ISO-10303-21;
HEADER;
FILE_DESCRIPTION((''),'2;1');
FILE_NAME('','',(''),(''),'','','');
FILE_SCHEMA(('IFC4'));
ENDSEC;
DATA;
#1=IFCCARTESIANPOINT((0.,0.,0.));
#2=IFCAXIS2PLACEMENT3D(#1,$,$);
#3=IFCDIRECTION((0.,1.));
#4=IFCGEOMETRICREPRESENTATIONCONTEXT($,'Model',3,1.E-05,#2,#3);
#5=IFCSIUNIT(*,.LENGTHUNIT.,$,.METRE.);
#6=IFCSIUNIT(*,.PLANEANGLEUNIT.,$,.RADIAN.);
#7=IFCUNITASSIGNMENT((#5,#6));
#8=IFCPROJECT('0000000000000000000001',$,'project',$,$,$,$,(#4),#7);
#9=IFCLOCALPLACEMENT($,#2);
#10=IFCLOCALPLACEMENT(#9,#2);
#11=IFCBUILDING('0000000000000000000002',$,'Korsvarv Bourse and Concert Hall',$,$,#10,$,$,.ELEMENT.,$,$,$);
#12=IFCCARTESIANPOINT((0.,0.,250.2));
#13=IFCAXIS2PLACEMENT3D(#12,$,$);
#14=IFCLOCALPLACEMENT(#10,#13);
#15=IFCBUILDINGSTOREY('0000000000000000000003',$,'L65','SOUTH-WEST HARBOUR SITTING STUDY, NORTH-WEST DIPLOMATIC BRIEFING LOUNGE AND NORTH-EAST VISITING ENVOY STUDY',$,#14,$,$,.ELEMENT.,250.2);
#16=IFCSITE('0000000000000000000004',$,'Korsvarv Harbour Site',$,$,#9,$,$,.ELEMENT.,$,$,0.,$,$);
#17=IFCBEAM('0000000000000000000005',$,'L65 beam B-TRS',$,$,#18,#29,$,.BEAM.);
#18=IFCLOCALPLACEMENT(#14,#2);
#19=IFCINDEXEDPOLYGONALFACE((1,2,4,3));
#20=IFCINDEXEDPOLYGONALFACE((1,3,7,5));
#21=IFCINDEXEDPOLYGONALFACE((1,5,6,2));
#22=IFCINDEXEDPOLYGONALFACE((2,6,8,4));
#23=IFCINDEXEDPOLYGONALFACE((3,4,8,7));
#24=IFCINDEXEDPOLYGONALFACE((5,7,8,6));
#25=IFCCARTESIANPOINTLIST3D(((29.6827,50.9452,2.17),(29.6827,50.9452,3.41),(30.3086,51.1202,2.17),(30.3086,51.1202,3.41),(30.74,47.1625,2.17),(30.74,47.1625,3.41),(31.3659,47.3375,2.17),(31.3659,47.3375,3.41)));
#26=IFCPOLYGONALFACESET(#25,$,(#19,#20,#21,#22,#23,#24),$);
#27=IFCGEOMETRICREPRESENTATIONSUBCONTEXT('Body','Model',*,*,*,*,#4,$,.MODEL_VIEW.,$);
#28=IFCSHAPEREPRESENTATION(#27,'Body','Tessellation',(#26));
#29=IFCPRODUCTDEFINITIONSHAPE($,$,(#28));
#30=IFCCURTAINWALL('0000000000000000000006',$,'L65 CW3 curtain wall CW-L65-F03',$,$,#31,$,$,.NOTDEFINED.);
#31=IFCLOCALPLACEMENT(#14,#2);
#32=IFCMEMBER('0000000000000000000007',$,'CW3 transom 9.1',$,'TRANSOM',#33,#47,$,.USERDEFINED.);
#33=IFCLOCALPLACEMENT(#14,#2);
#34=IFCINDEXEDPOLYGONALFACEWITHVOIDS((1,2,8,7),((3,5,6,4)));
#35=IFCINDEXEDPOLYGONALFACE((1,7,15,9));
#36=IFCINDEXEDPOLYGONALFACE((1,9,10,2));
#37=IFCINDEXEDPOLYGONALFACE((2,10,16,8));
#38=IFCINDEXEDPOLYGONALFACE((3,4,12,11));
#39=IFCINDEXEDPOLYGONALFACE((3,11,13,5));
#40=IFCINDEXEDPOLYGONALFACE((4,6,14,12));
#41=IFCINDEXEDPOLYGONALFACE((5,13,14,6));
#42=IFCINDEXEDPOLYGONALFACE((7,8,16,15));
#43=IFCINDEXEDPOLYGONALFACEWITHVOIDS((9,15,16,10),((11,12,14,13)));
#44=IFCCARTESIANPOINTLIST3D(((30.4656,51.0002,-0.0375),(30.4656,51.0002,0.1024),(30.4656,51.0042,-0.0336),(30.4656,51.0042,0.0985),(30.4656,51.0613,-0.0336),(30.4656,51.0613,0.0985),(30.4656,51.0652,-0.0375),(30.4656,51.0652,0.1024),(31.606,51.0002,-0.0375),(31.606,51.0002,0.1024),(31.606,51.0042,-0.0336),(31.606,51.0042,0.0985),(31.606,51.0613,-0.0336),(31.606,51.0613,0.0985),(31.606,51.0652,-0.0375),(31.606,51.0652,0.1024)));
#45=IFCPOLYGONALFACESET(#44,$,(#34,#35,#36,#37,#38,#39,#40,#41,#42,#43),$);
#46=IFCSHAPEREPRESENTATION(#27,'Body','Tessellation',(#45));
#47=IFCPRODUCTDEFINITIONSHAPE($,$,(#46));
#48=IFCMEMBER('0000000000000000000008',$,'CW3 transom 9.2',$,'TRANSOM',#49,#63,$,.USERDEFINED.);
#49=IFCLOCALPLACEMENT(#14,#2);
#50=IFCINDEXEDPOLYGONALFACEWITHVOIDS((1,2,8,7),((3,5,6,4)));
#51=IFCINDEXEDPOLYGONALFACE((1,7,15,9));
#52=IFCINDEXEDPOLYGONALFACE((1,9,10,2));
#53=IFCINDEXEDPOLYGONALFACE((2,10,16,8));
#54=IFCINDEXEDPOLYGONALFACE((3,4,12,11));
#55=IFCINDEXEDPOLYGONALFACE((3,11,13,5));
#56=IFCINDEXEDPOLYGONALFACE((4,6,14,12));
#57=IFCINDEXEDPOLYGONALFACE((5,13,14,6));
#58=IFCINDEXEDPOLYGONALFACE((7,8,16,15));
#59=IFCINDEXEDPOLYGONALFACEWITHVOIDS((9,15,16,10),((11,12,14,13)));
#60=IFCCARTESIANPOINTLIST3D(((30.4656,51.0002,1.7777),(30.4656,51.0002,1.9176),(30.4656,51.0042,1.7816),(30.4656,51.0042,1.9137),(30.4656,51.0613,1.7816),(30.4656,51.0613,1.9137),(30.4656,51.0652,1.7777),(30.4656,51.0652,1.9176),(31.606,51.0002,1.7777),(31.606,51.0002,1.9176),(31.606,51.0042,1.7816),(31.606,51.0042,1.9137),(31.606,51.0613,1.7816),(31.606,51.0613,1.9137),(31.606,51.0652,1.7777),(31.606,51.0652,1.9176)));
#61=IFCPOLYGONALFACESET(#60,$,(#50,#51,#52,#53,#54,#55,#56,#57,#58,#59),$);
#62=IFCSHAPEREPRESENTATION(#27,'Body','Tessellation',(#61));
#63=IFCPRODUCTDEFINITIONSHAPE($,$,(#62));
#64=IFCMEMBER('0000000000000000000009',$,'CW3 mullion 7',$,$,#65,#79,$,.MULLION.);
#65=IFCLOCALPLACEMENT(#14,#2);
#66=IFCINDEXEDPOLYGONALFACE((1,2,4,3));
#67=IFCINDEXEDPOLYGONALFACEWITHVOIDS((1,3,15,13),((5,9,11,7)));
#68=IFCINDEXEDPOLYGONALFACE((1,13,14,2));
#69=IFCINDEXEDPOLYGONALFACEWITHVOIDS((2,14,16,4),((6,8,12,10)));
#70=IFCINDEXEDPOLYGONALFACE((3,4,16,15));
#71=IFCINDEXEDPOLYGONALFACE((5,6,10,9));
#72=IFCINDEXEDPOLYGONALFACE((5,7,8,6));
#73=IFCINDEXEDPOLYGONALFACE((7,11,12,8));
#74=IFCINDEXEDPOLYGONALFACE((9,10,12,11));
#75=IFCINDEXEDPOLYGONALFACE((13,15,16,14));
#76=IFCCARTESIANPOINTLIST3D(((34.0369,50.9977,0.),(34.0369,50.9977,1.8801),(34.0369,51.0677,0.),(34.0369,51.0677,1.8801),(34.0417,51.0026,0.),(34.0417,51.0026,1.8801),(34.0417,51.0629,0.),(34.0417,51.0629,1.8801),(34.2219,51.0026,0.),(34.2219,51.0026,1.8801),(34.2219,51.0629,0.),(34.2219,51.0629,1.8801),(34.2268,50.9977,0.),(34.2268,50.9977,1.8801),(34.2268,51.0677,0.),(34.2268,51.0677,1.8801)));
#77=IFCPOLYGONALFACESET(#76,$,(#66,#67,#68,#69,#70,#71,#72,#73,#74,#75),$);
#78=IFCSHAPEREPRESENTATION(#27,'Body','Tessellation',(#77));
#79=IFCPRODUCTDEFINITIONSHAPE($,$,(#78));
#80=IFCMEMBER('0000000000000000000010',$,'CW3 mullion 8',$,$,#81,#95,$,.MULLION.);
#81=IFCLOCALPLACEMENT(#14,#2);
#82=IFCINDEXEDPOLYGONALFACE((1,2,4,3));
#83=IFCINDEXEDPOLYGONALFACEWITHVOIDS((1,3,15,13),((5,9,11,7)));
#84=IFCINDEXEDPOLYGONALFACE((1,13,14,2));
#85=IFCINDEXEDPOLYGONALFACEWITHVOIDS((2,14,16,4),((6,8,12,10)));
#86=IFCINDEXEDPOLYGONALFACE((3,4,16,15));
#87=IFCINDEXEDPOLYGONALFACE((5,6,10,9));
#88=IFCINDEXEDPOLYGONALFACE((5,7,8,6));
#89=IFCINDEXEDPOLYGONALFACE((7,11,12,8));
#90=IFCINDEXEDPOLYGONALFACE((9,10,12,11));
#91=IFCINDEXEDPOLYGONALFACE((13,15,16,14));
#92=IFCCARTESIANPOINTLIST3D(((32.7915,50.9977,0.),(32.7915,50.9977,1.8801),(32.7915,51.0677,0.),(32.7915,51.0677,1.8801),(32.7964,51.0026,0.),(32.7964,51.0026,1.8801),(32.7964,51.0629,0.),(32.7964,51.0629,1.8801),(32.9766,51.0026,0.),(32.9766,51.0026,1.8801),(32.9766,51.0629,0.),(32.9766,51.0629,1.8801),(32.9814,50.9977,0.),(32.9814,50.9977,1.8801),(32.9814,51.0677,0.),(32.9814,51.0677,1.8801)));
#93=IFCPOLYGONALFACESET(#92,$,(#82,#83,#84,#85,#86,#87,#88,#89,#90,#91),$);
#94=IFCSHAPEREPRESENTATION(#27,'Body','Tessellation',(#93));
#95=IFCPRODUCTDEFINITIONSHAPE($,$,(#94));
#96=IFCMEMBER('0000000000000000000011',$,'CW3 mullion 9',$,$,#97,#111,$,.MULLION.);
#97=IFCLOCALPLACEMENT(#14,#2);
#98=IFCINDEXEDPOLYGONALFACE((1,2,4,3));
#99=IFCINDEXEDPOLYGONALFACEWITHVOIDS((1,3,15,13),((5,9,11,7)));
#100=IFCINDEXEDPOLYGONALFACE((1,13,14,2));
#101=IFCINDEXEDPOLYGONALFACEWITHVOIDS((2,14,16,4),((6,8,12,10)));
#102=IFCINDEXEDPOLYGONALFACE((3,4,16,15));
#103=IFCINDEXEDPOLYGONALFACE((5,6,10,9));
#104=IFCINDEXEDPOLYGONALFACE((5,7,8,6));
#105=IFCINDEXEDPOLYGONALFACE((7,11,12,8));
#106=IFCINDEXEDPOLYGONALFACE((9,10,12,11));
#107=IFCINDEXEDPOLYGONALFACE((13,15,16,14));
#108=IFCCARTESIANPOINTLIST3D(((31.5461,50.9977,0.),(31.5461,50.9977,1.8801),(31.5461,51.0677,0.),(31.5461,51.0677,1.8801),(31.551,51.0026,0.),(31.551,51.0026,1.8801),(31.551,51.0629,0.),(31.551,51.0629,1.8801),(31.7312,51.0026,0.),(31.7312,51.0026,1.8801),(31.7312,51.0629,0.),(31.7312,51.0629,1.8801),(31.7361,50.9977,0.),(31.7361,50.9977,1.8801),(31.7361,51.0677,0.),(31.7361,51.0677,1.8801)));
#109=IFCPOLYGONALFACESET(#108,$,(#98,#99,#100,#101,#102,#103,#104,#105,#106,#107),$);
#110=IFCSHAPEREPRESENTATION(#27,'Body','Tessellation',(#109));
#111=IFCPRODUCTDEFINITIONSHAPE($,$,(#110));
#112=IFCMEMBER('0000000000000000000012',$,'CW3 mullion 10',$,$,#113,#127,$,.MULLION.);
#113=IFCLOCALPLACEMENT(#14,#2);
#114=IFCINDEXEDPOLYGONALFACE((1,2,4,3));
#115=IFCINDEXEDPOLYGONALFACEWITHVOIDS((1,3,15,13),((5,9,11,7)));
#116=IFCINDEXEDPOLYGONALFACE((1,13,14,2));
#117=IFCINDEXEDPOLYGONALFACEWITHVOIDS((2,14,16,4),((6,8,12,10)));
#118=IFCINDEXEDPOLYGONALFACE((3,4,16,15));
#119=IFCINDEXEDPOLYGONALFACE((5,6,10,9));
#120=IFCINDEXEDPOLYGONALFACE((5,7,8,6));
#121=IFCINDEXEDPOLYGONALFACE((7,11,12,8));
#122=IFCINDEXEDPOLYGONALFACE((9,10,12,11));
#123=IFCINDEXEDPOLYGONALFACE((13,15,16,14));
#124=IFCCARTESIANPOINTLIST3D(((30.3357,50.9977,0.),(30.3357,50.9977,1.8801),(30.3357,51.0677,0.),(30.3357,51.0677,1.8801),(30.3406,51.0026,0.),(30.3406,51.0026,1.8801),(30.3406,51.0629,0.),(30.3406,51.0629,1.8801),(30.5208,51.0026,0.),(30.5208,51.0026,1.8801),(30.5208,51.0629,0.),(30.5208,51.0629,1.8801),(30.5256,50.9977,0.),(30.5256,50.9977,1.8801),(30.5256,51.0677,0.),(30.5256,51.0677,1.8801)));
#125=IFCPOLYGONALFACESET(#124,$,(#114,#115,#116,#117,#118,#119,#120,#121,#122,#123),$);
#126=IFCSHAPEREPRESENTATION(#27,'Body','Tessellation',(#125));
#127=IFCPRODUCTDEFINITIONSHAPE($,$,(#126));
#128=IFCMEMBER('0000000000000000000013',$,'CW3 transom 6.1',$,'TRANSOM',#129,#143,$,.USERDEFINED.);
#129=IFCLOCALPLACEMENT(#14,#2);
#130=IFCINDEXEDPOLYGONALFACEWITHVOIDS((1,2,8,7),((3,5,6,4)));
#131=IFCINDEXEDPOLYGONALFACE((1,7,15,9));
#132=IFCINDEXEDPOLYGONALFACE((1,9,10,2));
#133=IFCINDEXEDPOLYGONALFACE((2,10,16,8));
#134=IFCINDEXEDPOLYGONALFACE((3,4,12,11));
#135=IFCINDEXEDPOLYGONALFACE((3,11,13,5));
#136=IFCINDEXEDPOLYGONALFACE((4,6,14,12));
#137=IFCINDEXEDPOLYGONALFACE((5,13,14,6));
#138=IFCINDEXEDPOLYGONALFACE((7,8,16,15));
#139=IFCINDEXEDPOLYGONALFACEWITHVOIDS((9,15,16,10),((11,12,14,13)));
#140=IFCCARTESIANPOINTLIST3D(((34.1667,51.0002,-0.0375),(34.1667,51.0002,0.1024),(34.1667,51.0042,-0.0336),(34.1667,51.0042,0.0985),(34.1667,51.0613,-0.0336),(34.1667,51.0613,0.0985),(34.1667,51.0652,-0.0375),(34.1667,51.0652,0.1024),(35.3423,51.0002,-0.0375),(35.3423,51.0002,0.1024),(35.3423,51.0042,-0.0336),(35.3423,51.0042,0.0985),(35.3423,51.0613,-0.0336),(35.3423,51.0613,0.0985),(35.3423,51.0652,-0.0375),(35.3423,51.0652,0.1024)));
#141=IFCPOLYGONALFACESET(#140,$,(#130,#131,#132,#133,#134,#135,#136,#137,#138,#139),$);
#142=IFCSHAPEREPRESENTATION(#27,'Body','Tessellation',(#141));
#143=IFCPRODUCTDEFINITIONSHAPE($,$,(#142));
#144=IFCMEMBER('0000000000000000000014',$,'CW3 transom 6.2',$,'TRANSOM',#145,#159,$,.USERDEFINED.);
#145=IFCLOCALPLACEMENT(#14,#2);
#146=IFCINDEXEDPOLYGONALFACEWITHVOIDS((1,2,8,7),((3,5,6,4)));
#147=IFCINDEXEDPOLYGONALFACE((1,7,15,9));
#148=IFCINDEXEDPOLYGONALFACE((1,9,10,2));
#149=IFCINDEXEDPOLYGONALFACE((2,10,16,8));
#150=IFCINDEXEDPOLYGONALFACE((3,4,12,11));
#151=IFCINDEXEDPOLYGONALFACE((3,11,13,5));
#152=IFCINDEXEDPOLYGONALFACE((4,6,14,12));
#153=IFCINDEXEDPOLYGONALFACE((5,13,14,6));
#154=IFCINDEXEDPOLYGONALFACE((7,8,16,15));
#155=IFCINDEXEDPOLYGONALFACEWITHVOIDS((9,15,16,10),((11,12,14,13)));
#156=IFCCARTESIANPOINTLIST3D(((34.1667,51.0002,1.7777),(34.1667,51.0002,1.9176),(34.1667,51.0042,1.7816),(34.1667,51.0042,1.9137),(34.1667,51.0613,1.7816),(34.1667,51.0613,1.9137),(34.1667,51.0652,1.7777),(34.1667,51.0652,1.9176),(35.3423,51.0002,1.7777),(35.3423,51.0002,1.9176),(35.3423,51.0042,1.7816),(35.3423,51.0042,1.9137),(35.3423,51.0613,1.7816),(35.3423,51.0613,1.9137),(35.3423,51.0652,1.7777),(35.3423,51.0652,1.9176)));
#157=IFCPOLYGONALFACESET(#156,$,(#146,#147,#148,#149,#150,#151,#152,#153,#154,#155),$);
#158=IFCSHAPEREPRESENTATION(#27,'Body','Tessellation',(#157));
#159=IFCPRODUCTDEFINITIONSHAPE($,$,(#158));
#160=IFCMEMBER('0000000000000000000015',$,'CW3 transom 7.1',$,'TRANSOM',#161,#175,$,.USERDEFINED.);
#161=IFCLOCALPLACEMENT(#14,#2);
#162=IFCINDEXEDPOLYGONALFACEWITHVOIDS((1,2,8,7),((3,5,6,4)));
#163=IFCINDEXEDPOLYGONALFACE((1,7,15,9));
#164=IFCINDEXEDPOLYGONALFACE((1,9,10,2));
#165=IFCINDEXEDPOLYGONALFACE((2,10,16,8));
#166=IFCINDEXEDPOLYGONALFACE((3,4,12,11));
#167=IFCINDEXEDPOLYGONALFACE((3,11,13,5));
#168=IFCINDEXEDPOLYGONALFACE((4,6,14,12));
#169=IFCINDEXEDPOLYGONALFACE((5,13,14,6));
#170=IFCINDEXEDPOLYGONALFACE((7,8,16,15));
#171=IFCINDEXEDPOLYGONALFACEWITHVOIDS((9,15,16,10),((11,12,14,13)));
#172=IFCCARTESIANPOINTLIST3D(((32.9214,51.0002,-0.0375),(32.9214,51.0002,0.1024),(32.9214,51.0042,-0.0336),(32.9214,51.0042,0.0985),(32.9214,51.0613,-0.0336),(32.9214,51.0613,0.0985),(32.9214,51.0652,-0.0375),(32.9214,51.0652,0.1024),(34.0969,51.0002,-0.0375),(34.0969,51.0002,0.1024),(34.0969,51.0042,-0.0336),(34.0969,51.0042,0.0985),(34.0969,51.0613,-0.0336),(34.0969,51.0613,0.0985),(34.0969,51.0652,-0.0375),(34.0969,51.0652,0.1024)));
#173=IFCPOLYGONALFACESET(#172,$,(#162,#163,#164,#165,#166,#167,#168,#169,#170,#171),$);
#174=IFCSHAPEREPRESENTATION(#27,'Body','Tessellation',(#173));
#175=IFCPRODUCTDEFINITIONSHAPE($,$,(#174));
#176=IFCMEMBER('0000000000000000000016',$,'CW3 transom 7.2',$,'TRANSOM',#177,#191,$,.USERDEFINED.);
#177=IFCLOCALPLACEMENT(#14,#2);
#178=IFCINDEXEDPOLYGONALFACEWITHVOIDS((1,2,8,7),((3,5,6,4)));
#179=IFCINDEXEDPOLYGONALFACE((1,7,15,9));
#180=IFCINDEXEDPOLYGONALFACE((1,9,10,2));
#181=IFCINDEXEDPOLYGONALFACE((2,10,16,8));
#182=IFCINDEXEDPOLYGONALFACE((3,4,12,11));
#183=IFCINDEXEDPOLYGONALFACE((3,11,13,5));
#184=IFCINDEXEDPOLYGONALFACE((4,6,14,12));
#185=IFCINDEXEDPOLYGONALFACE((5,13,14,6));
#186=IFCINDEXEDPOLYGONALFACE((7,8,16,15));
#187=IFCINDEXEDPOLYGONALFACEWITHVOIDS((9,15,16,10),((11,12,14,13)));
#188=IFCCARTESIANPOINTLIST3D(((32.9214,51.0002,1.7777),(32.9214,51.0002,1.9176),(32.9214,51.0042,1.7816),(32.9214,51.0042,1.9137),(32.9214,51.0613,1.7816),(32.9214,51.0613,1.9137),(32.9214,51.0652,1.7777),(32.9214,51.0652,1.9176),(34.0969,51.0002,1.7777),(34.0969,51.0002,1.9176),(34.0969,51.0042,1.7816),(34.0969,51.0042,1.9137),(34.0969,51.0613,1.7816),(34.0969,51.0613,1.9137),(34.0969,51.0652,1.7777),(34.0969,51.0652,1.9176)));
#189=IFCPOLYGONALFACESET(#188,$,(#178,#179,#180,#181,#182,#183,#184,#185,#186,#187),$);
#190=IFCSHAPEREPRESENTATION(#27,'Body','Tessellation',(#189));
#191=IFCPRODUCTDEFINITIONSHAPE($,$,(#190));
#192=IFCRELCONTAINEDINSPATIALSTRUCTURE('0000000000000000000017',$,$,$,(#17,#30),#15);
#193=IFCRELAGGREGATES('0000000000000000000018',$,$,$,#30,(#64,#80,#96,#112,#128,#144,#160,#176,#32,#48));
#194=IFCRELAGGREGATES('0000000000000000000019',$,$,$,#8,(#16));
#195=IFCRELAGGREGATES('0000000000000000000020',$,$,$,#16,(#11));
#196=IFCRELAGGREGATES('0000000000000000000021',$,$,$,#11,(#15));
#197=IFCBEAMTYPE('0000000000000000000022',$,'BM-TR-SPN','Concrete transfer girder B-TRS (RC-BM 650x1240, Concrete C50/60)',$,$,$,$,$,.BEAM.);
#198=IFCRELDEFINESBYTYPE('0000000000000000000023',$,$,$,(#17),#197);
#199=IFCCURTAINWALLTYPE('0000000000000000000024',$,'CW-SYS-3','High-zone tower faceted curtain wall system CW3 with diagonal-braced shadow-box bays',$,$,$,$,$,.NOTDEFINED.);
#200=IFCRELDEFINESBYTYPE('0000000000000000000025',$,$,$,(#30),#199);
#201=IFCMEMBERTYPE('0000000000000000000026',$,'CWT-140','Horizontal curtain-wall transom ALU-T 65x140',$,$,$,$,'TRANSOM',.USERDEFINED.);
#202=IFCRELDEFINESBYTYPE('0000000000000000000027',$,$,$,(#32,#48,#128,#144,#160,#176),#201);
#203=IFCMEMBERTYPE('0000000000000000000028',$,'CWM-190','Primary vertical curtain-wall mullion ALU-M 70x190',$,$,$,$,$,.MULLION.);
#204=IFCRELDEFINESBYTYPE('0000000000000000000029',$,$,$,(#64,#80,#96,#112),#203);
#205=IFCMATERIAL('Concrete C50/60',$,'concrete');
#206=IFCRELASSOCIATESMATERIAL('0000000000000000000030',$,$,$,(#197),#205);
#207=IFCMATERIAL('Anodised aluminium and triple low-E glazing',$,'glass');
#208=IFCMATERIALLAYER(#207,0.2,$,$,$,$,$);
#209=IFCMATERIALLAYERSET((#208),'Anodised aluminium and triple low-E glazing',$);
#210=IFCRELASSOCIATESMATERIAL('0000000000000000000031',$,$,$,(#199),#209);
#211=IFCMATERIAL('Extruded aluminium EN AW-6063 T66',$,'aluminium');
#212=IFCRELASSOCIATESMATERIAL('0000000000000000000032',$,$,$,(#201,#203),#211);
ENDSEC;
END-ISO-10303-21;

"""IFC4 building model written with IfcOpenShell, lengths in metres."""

from ifc_helpers import new_model, si_unit, direction, frame, origin, origin_2d, place, context, subcontext, project, spatial, rectangle, hollow_rectangle, extrude, source, transform, mapped, material, layer, layer_set, material_profile, profile_set, type_object, element, aggregate, save


model = new_model("IFC4")

# Units and contexts
model_context = context("Model", 3, precision=1e-05, world=origin(), true_north=direction((0.0, 1.0)))
body_context = subcontext(model_context, "Body", "Model", "MODEL_VIEW")
ifc_project = project(units=[si_unit("LENGTHUNIT", "METRE"), si_unit("PLANEANGLEUNIT", "RADIAN")], contexts=[model_context])

# Site, building, storey
site_placement = place(None, origin())
site = spatial("IfcSite", under=ifc_project, at=site_placement, Name="Korsvarv Harbour Site", CompositionType="ELEMENT", RefElevation=0.0)
building_placement = place(site_placement, origin())
building = spatial("IfcBuilding", under=site, at=building_placement, Name="Korsvarv Bourse and Concert Hall", CompositionType="ELEMENT")
storey_placement = place(building_placement, frame((0.0, 0.0, 250.2)))
storey = spatial("IfcBuildingStorey", under=building, at=storey_placement, Name="L65", Description="SOUTH-WEST HARBOUR SITTING STUDY, NORTH-WEST DIPLOMATIC BRIEFING LOUNGE AND NORTH-EAST VISITING ENVOY STUDY", CompositionType="ELEMENT", Elevation=250.2)

# Beam
ifc_material_1 = material(Name="Concrete C50/60", Category="concrete")
ifc_material_profile_1 = material_profile(ifc_material_1, rectangle(XDim=0.6499, YDim=1.24, at=origin_2d()), Name="RC-BM 650x1240")
ifc_profile_set_1 = profile_set([ifc_material_profile_1], Name="Concrete C50/60")
beam_type = type_object("IfcBeamType", Name="BM-TR-SPN", Description="Concrete transfer girder B-TRS (RC-BM 650x1240, Concrete C50/60)", PredefinedType="BEAM", material=ifc_profile_set_1)
shared_shape_1 = source(origin(), body_context, "Body", "SweptSolid", [
    extrude(rectangle(XDim=0.6499, YDim=1.24, at=origin_2d()), origin(), (0.0, 0.0, 1.0), 3.9277),
])
beam_placement = place(storey_placement, frame((29.9956, 51.0327, 2.79), z_axis=(0.269208, -0.963082, 0.0), x_axis=(0.963082, 0.269208, 0.0)))
element("IfcBeam", 1, at=beam_placement, inside=storey, type_object=beam_type, Name="L65 beam B-TRS", PredefinedType="BEAM", context=body_context, shape_type="MappedRepresentation", body=[
    mapped(shared_shape_1, transform((0.0, 0.0, 0.0), scale=1.0)),
])

# Curtain wall, members
ifc_material_2 = material(Name="Anodised aluminium and triple low-E glazing", Category="glass")
ifc_layer_1 = layer(ifc_material_2, 0.2)
ifc_layer_set_1 = layer_set([ifc_layer_1], Name="Anodised aluminium and triple low-E glazing")
curtain_wall_type = type_object("IfcCurtainWallType", Name="CW-SYS-3", Description="High-zone tower faceted curtain wall system CW3 with diagonal-braced shadow-box bays", PredefinedType="NOTDEFINED", material=ifc_layer_set_1)
curtain_wall_placement = place(storey_placement, origin())
curtain_wall = element("IfcCurtainWall", 2, at=curtain_wall_placement, inside=storey, type_object=curtain_wall_type, Name="L65 CW3 curtain wall CW-L65-F03", PredefinedType="NOTDEFINED")
ifc_material_3 = material(Name="Extruded aluminium EN AW-6063 T66", Category="aluminium")
ifc_material_profile_2 = material_profile(ifc_material_3, hollow_rectangle(XDim=0.0649, YDim=0.1399, WallThickness=0.0039, at=origin_2d()), Name="ALU-T 65x140")
ifc_profile_set_2 = profile_set([ifc_material_profile_2], Name="Extruded aluminium EN AW-6063 T66")
member_type_1 = type_object("IfcMemberType", Name="CWT-140", Description="Horizontal curtain-wall transom ALU-T 65x140", ElementType="TRANSOM", PredefinedType="USERDEFINED", material=ifc_profile_set_2)
shared_shape_2 = source(origin(), body_context, "Body", "SweptSolid", [
    extrude(hollow_rectangle(XDim=0.0649, YDim=0.1399, WallThickness=0.0039, at=origin_2d()), origin(), (0.0, 0.0, 1.0), 1.1404),
])
member_1_placement = place(storey_placement, frame((31.606, 51.0327, 0.0325), z_axis=(-1.0, 0.0, 0.0), x_axis=(0.0, -1.0, 0.0)))
member_1 = element("IfcMember", 3, at=member_1_placement, type_object=member_type_1, Name="CW3 transom 9.1", ObjectType="TRANSOM", PredefinedType="USERDEFINED", context=body_context, shape_type="MappedRepresentation", body=[
    mapped(shared_shape_2, transform((0.0, 0.0, 0.0), scale=1.0)),
])
member_2_placement = place(storey_placement, frame((31.606, 51.0327, 1.8477), z_axis=(-1.0, 0.0, 0.0), x_axis=(0.0, -1.0, 0.0)))
member_2 = element("IfcMember", 4, at=member_2_placement, type_object=member_type_1, Name="CW3 transom 9.2", ObjectType="TRANSOM", PredefinedType="USERDEFINED", context=body_context, shape_type="MappedRepresentation", body=[
    mapped(shared_shape_2, transform((0.0, 0.0, 0.0), scale=1.0)),
])
ifc_material_profile_3 = material_profile(ifc_material_3, hollow_rectangle(XDim=0.0701, YDim=0.1899, WallThickness=0.0049, at=origin_2d()), Name="ALU-M 70x190")
ifc_profile_set_3 = profile_set([ifc_material_profile_3], Name="Extruded aluminium EN AW-6063 T66")
member_type_2 = type_object("IfcMemberType", Name="CWM-190", Description="Primary vertical curtain-wall mullion ALU-M 70x190", PredefinedType="MULLION", material=ifc_profile_set_3)
shared_shape_3 = source(origin(), body_context, "Body", "SweptSolid", [
    extrude(hollow_rectangle(XDim=0.0701, YDim=0.1899, WallThickness=0.0049, at=origin_2d()), origin(), (0.0, 0.0, 1.0), 1.8801),
])
member_3_placement = place(storey_placement, frame((34.1318, 51.0327, 0.0), z_axis=(0.0, 0.0, 1.0), x_axis=(0.0, -1.0, 0.0)))
member_3 = element("IfcMember", 5, at=member_3_placement, type_object=member_type_2, Name="CW3 mullion 7", PredefinedType="MULLION", context=body_context, shape_type="MappedRepresentation", body=[
    mapped(shared_shape_3, transform((0.0, 0.0, 0.0), scale=1.0)),
])
member_4_placement = place(storey_placement, frame((32.8865, 51.0327, 0.0), z_axis=(0.0, 0.0, 1.0), x_axis=(0.0, -1.0, 0.0)))
member_4 = element("IfcMember", 6, at=member_4_placement, type_object=member_type_2, Name="CW3 mullion 8", PredefinedType="MULLION", context=body_context, shape_type="MappedRepresentation", body=[
    mapped(shared_shape_3, transform((0.0, 0.0, 0.0), scale=1.0)),
])
member_5_placement = place(storey_placement, frame((31.6411, 51.0327, 0.0), z_axis=(0.0, 0.0, 1.0), x_axis=(0.0, -1.0, 0.0)))
member_5 = element("IfcMember", 7, at=member_5_placement, type_object=member_type_2, Name="CW3 mullion 9", PredefinedType="MULLION", context=body_context, shape_type="MappedRepresentation", body=[
    mapped(shared_shape_3, transform((0.0, 0.0, 0.0), scale=1.0)),
])
member_6_placement = place(storey_placement, frame((30.4307, 51.0327, 0.0), z_axis=(0.0, 0.0, 1.0), x_axis=(0.0, -1.0, 0.0)))
member_6 = element("IfcMember", 8, at=member_6_placement, type_object=member_type_2, Name="CW3 mullion 10", PredefinedType="MULLION", context=body_context, shape_type="MappedRepresentation", body=[
    mapped(shared_shape_3, transform((0.0, 0.0, 0.0), scale=1.0)),
])
shared_shape_4 = source(origin(), body_context, "Body", "SweptSolid", [
    extrude(hollow_rectangle(XDim=0.0649, YDim=0.1399, WallThickness=0.0039, at=origin_2d()), origin(), (0.0, 0.0, 1.0), 1.1755),
])
member_7_placement = place(storey_placement, frame((35.3423, 51.0327, 0.0325), z_axis=(-1.0, 0.0, 0.0), x_axis=(0.0, -1.0, 0.0)))
member_7 = element("IfcMember", 9, at=member_7_placement, type_object=member_type_1, Name="CW3 transom 6.1", ObjectType="TRANSOM", PredefinedType="USERDEFINED", context=body_context, shape_type="MappedRepresentation", body=[
    mapped(shared_shape_4, transform((0.0, 0.0, 0.0), scale=1.0)),
])
member_8_placement = place(storey_placement, frame((35.3423, 51.0327, 1.8477), z_axis=(-1.0, 0.0, 0.0), x_axis=(0.0, -1.0, 0.0)))
member_8 = element("IfcMember", 10, at=member_8_placement, type_object=member_type_1, Name="CW3 transom 6.2", ObjectType="TRANSOM", PredefinedType="USERDEFINED", context=body_context, shape_type="MappedRepresentation", body=[
    mapped(shared_shape_4, transform((0.0, 0.0, 0.0), scale=1.0)),
])
member_9_placement = place(storey_placement, frame((34.0969, 51.0327, 0.0325), z_axis=(-1.0, 0.0, 0.0), x_axis=(0.0, -1.0, 0.0)))
member_9 = element("IfcMember", 11, at=member_9_placement, type_object=member_type_1, Name="CW3 transom 7.1", ObjectType="TRANSOM", PredefinedType="USERDEFINED", context=body_context, shape_type="MappedRepresentation", body=[
    mapped(shared_shape_4, transform((0.0, 0.0, 0.0), scale=1.0)),
])
member_10_placement = place(storey_placement, frame((34.0969, 51.0327, 1.8477), z_axis=(-1.0, 0.0, 0.0), x_axis=(0.0, -1.0, 0.0)))
member_10 = element("IfcMember", 12, at=member_10_placement, type_object=member_type_1, Name="CW3 transom 7.2", ObjectType="TRANSOM", PredefinedType="USERDEFINED", context=body_context, shape_type="MappedRepresentation", body=[
    mapped(shared_shape_4, transform((0.0, 0.0, 0.0), scale=1.0)),
])
aggregate(curtain_wall, [member_3, member_4, member_5, member_6, member_7, member_8, member_9, member_10, member_1, member_2])

save(model, "model.ifc")
